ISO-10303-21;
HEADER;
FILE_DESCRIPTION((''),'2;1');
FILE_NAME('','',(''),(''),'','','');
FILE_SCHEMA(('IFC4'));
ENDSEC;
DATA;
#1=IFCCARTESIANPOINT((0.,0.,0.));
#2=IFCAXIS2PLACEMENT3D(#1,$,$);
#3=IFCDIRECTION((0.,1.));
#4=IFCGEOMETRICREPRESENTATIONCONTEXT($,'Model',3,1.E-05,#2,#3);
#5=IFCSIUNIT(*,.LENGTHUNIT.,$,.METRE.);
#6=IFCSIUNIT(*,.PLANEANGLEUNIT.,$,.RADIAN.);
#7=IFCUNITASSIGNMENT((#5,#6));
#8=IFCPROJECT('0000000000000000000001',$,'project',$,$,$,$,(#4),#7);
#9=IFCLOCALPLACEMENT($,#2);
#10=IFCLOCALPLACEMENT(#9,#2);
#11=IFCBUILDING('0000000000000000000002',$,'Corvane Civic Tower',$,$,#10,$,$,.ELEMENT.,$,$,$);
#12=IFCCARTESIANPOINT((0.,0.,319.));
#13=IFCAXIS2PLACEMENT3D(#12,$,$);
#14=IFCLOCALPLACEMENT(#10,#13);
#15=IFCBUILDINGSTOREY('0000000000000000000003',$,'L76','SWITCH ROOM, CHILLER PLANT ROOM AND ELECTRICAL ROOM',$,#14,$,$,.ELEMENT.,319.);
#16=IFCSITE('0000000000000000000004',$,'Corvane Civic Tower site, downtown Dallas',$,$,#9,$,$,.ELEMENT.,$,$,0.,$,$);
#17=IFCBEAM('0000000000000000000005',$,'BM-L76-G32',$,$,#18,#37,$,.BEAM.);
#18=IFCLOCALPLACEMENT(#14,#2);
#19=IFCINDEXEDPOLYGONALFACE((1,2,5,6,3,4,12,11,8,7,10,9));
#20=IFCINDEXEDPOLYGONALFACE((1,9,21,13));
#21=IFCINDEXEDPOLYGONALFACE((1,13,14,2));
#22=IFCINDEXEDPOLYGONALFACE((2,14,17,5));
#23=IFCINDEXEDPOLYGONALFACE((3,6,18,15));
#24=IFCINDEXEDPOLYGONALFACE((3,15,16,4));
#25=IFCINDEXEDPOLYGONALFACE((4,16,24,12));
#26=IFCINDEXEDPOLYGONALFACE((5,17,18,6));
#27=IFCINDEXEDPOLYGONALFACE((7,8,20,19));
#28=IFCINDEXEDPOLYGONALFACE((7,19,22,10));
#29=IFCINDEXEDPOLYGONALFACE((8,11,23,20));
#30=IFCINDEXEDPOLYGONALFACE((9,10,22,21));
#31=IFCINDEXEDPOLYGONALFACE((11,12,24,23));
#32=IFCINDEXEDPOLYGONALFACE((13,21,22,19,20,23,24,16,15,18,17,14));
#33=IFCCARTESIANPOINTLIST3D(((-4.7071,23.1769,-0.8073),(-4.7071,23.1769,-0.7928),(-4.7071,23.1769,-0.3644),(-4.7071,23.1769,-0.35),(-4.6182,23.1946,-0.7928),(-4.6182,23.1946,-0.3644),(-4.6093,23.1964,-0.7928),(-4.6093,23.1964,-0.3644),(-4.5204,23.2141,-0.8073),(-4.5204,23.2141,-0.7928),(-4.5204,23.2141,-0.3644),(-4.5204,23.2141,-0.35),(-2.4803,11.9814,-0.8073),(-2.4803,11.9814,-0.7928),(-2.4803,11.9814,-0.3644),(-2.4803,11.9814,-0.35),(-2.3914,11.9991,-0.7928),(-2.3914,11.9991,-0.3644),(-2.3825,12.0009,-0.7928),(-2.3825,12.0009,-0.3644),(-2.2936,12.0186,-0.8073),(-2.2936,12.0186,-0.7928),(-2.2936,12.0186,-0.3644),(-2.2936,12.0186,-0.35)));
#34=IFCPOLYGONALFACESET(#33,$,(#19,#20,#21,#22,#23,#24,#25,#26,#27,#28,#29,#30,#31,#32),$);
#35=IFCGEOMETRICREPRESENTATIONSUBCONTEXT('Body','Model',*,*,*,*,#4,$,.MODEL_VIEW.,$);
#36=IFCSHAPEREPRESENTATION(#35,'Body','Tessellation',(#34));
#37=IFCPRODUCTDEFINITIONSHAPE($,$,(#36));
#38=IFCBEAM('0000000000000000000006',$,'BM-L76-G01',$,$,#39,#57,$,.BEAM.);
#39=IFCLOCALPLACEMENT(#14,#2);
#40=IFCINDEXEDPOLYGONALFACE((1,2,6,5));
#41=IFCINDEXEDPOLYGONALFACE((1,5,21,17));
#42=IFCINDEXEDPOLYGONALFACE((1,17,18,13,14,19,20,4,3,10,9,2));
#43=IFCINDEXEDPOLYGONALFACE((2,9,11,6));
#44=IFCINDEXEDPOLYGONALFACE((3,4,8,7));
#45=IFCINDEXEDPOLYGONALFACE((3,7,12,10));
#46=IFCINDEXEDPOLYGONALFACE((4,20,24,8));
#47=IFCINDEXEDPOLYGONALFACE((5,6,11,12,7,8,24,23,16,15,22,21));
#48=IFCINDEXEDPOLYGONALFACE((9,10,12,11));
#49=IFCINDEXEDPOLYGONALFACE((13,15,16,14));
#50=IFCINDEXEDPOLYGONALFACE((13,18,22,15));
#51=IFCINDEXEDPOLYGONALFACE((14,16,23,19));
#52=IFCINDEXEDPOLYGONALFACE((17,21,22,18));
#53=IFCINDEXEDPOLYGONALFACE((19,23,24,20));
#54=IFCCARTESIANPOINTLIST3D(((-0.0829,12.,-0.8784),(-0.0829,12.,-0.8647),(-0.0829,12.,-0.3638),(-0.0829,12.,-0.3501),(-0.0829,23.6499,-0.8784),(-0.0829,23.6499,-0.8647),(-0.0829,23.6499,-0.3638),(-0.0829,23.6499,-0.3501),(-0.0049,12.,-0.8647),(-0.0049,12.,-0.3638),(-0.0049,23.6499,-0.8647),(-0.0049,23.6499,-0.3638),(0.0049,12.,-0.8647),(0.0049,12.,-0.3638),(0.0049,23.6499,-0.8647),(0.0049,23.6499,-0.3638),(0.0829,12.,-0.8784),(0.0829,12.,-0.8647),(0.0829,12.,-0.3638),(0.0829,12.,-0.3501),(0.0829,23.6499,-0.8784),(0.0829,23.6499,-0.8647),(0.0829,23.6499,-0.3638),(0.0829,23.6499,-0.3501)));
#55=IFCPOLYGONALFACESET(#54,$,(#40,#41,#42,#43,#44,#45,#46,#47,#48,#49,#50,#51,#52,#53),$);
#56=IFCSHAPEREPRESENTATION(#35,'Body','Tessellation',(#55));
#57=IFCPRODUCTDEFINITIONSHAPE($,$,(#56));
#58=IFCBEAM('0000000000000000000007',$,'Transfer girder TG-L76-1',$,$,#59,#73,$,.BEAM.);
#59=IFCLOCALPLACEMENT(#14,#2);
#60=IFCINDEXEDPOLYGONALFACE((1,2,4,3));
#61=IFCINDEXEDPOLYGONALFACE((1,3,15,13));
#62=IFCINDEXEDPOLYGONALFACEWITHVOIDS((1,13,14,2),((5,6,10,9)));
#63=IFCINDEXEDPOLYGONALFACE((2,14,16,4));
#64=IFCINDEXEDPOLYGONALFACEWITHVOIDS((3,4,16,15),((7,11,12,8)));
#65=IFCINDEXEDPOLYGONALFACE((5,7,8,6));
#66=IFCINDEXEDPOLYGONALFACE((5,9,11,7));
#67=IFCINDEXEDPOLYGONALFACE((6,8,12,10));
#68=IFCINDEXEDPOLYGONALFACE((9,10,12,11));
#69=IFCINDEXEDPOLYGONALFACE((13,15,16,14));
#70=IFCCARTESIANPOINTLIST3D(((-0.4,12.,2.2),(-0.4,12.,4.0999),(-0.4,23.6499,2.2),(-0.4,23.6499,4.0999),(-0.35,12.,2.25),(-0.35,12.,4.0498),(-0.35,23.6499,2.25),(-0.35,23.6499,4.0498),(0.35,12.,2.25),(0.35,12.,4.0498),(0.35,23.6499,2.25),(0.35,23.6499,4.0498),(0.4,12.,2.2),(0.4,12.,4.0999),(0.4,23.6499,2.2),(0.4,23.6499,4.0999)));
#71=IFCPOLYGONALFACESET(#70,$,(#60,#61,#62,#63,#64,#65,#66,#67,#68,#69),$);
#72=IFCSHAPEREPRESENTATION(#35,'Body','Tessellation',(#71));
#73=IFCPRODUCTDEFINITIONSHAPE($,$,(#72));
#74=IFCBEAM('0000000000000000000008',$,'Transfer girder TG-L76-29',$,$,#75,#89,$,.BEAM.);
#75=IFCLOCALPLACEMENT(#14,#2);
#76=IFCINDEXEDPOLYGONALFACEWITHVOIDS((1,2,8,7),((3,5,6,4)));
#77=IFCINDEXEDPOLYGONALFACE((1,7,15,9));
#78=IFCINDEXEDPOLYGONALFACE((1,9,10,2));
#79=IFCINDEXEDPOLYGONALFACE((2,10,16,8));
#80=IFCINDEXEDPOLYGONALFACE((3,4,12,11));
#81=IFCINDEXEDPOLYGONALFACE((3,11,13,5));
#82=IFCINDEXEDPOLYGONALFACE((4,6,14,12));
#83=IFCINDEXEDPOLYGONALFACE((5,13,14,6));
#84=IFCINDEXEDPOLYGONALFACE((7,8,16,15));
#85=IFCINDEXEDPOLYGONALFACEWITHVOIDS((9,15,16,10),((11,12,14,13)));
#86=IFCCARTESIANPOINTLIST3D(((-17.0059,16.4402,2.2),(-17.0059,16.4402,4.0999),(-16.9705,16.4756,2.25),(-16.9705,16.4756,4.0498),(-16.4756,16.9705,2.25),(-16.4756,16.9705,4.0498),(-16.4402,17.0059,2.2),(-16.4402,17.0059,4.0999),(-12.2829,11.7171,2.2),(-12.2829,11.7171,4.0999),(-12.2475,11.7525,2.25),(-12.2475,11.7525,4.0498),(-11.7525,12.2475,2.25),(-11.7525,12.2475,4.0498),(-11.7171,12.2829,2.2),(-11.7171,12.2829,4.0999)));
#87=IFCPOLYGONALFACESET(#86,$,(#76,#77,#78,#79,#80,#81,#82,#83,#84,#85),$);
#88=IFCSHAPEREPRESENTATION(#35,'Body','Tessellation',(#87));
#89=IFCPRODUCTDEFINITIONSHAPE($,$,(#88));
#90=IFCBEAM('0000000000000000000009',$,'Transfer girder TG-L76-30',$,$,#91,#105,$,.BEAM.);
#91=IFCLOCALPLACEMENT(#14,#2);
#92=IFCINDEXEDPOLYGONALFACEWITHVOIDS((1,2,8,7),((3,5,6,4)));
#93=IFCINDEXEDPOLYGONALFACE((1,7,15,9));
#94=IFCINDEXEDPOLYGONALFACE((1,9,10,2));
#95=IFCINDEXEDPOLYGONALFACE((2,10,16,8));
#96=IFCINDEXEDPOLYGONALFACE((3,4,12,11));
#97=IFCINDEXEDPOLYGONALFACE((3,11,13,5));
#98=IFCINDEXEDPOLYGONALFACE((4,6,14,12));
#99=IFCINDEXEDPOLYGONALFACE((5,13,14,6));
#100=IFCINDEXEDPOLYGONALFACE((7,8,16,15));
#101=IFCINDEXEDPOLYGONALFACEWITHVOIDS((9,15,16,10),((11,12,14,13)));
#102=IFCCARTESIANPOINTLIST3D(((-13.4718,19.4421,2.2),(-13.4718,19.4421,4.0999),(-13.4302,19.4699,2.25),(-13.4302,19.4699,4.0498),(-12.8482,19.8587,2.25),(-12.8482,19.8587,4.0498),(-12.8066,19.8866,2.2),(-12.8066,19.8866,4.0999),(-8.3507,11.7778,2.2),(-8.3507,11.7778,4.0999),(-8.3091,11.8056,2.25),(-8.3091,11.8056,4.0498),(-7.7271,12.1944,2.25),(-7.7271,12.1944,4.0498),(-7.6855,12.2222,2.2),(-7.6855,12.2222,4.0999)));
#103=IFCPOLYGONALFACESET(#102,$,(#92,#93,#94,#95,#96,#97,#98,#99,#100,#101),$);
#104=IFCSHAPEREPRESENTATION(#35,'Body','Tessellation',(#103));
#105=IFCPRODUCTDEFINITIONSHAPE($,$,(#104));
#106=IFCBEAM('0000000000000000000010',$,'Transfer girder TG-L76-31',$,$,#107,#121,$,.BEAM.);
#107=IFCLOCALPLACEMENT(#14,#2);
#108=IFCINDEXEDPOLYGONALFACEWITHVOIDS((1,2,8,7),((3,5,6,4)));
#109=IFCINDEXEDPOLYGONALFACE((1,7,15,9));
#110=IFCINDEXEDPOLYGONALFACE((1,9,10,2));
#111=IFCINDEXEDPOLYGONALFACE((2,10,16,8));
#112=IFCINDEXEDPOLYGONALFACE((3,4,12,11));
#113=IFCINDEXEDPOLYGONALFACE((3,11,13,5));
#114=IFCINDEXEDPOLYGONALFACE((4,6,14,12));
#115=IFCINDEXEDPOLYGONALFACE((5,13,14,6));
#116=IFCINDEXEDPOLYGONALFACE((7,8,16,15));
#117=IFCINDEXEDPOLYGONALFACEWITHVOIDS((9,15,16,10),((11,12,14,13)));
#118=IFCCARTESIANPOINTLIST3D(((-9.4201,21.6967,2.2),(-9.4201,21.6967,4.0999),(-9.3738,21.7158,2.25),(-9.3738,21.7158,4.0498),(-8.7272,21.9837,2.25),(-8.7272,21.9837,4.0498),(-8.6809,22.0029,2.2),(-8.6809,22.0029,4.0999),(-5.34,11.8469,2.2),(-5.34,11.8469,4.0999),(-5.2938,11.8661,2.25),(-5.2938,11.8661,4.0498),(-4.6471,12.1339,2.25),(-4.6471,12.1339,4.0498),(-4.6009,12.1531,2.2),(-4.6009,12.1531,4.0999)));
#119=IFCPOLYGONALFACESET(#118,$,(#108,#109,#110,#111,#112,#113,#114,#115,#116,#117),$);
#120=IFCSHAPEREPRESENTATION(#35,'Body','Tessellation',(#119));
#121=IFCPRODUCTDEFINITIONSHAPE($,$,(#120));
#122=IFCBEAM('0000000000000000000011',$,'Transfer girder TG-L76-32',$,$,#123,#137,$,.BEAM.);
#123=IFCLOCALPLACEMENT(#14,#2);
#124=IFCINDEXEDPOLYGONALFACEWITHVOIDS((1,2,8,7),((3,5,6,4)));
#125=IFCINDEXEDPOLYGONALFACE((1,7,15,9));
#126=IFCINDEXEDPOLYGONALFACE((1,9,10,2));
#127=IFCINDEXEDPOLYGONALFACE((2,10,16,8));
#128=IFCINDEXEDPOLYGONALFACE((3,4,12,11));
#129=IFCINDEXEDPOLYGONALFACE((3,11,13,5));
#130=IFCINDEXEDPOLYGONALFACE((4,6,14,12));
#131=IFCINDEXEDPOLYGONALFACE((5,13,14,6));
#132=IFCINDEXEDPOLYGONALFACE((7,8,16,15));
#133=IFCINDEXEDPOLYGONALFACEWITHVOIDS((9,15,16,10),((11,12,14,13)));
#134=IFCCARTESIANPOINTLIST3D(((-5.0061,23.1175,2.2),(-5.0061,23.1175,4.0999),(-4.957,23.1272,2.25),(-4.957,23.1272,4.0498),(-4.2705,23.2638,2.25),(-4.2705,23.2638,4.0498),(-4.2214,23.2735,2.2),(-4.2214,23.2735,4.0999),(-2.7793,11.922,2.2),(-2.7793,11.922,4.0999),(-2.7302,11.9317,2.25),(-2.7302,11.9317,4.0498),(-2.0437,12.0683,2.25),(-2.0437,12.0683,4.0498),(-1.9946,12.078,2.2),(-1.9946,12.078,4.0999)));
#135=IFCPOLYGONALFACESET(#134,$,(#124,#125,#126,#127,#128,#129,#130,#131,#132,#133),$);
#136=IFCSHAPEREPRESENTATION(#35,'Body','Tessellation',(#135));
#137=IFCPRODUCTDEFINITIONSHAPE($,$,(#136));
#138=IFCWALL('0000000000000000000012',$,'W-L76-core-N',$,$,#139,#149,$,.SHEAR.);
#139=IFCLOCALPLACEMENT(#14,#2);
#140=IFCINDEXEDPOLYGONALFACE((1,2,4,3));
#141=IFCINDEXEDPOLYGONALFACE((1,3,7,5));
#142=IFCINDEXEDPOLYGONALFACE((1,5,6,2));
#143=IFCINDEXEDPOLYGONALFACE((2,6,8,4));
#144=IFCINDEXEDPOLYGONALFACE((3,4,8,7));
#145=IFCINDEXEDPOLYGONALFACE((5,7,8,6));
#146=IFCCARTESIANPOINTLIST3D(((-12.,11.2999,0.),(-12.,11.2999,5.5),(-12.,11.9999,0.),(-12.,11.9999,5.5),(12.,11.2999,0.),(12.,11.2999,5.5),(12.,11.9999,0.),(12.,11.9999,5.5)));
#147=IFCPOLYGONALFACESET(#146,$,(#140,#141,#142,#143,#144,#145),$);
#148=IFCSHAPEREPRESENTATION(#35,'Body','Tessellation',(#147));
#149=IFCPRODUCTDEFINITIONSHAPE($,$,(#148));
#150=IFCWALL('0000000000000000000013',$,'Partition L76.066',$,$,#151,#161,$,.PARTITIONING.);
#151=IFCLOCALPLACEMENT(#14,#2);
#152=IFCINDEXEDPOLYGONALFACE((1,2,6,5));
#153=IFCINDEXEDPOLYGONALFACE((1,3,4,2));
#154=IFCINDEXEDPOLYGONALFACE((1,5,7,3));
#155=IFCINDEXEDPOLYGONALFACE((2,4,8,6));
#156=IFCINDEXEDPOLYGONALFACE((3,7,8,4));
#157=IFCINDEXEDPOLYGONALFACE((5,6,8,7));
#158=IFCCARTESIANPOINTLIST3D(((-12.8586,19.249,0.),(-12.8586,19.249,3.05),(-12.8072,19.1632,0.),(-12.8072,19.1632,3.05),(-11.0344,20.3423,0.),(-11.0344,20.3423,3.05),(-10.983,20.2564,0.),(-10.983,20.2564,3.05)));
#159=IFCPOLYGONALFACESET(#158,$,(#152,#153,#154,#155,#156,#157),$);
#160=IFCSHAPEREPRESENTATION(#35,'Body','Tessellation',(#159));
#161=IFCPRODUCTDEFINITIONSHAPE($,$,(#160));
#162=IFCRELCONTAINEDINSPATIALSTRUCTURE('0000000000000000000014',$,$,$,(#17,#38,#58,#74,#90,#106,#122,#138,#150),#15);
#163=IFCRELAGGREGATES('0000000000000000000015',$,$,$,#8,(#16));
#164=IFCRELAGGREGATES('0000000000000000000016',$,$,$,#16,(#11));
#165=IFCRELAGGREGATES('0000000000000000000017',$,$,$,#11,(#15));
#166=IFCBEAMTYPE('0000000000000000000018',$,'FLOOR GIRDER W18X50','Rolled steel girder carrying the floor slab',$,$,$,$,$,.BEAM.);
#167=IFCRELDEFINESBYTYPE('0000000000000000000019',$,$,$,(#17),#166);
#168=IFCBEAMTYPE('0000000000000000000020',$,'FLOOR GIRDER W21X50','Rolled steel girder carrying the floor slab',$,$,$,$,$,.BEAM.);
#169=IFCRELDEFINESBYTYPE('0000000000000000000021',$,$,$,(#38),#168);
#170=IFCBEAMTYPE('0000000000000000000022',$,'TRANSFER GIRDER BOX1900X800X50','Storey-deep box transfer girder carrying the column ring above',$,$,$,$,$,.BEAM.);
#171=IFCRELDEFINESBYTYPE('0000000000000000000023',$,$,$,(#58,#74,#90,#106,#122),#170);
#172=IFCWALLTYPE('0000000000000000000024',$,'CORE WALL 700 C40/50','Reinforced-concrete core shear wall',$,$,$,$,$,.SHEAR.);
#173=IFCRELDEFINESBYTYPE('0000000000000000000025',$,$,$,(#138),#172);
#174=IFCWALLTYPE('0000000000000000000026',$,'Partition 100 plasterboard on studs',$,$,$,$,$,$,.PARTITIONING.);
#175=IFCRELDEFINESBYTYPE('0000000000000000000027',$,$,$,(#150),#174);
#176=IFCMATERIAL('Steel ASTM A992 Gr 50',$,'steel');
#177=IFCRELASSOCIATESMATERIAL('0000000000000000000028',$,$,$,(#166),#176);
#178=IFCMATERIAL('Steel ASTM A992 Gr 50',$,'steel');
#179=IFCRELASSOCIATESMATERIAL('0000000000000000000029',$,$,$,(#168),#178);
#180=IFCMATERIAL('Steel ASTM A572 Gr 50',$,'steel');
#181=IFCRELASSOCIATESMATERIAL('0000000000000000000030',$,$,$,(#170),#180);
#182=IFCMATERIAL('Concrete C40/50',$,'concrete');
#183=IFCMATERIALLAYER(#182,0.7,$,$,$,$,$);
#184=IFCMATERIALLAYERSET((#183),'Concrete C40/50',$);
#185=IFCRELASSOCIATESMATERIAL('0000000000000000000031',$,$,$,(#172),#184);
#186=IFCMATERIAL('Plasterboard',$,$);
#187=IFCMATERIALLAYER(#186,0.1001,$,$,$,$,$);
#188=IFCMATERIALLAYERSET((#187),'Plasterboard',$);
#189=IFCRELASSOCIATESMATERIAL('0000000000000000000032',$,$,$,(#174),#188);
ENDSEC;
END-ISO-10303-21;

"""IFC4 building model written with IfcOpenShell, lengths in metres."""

from ifc_helpers import new_model, si_unit, direction, frame, frame_2d, origin, origin_2d, place, context, subcontext, project, spatial, rectangle, hollow_rectangle, i_section, extrude, material, layer, layer_set, material_profile, profile_set, type_object, element, save


model = new_model("IFC4")

# Units and contexts
model_context = context("Model", 3, precision=1e-05, world=origin(), true_north=direction((0.0, 1.0)))
body_context = subcontext(model_context, "Body", "Model", "MODEL_VIEW")
ifc_project = project(units=[si_unit("LENGTHUNIT", "METRE"), si_unit("PLANEANGLEUNIT", "RADIAN")], contexts=[model_context])

# Site, building, storey
site_placement = place(None, origin())
site = spatial("IfcSite", under=ifc_project, at=site_placement, Name="Corvane Civic Tower site, downtown Dallas", CompositionType="ELEMENT", RefElevation=0.0)
building_placement = place(site_placement, origin())
building = spatial("IfcBuilding", under=site, at=building_placement, Name="Corvane Civic Tower", CompositionType="ELEMENT")
storey_placement = place(building_placement, frame((0.0, 0.0, 319.0)))
storey = spatial("IfcBuildingStorey", under=building, at=storey_placement, Name="L76", Description="SWITCH ROOM, CHILLER PLANT ROOM AND ELECTRICAL ROOM", CompositionType="ELEMENT", Elevation=319.0)

# Beams
ifc_material_1 = material(Name="Steel ASTM A992 Gr 50", Category="steel")
ifc_material_profile_1 = material_profile(ifc_material_1, i_section(OverallWidth=0.1904, OverallDepth=0.4573, WebThickness=0.009, FlangeThickness=0.0144, at=origin_2d()), Name="W18X50")
ifc_profile_set_1 = profile_set([ifc_material_profile_1], Name="Steel ASTM A992 Gr 50")
beam_type_1 = type_object("IfcBeamType", Name="FLOOR GIRDER W18X50", Description="Rolled steel girder carrying the floor slab", PredefinedType="BEAM", material=ifc_profile_set_1)
beam_1_placement = place(storey_placement, frame((-2.387, 12.0, -0.5786), z_axis=(-0.19508, 0.980787, 0.0), x_axis=(-0.980787, -0.19508, 0.0)))
element("IfcBeam", 1, at=beam_1_placement, inside=storey, type_object=beam_type_1, Name="BM-L76-G32", PredefinedType="BEAM", context=body_context, shape_type="SweptSolid", body=[
    extrude(i_section(OverallWidth=0.1904, OverallDepth=0.4573, WebThickness=0.009, FlangeThickness=0.0144, at=origin_2d()), origin(), (0.0, 0.0, 1.0), 11.4148),
])
ifc_material_2 = material(Name="Steel ASTM A992 Gr 50", Category="steel")
ifc_material_profile_2 = material_profile(ifc_material_2, i_section(OverallWidth=0.1658, OverallDepth=0.5283, WebThickness=0.0098, FlangeThickness=0.0137, at=origin_2d()), Name="W21X50")
ifc_profile_set_2 = profile_set([ifc_material_profile_2], Name="Steel ASTM A992 Gr 50")
beam_type_2 = type_object("IfcBeamType", Name="FLOOR GIRDER W21X50", Description="Rolled steel girder carrying the floor slab", PredefinedType="BEAM", material=ifc_profile_set_2)
beam_2_placement = place(storey_placement, frame((0.0, 12.0, -0.6143), z_axis=(0.0, 1.0, 0.0), x_axis=(-1.0, 0.0, 0.0)))
element("IfcBeam", 2, at=beam_2_placement, inside=storey, type_object=beam_type_2, Name="BM-L76-G01", PredefinedType="BEAM", context=body_context, shape_type="SweptSolid", body=[
    extrude(i_section(OverallWidth=0.1658, OverallDepth=0.5283, WebThickness=0.0098, FlangeThickness=0.0137, at=origin_2d()), origin(), (0.0, 0.0, 1.0), 11.6499),
])
ifc_material_3 = material(Name="Steel ASTM A572 Gr 50", Category="steel")
ifc_material_profile_3 = material_profile(ifc_material_3, hollow_rectangle(XDim=0.8, YDim=1.8999, WallThickness=0.05, at=origin_2d()), Name="BOX1900X800X50")
ifc_profile_set_3 = profile_set([ifc_material_profile_3], Name="Steel ASTM A572 Gr 50")
beam_type_3 = type_object("IfcBeamType", Name="TRANSFER GIRDER BOX1900X800X50", Description="Storey-deep box transfer girder carrying the column ring above", PredefinedType="BEAM", material=ifc_profile_set_3)
beam_3_placement = place(storey_placement, frame((0.0, 12.0, 3.1499), z_axis=(0.0, 1.0, 0.0), x_axis=(-1.0, 0.0, 0.0)))
element("IfcBeam", 3, at=beam_3_placement, inside=storey, type_object=beam_type_3, Name="Transfer girder TG-L76-1", PredefinedType="BEAM", context=body_context, shape_type="SweptSolid", body=[
    extrude(hollow_rectangle(XDim=0.8, YDim=1.8999, WallThickness=0.05, at=origin_2d()), origin(), (0.0, 0.0, 1.0), 11.6499),
])
beam_4_placement = place(storey_placement, frame((-12.0, 12.0, 3.1499), z_axis=(-0.707107, 0.707107, 0.0), x_axis=(-0.707107, -0.707107, 0.0)))
element("IfcBeam", 4, at=beam_4_placement, inside=storey, type_object=beam_type_3, Name="Transfer girder TG-L76-29", PredefinedType="BEAM", context=body_context, shape_type="SweptSolid", body=[
    extrude(hollow_rectangle(XDim=0.8, YDim=1.8999, WallThickness=0.05, at=origin_2d()), origin(), (0.0, 0.0, 1.0), 6.6794),
])
beam_5_placement = place(storey_placement, frame((-8.0181, 12.0, 3.1499), z_axis=(-0.555568, 0.831471, 0.0), x_axis=(-0.831471, -0.555568, 0.0)))
element("IfcBeam", 5, at=beam_5_placement, inside=storey, type_object=beam_type_3, Name="Transfer girder TG-L76-30", PredefinedType="BEAM", context=body_context, shape_type="SweptSolid", body=[
    extrude(hollow_rectangle(XDim=0.8, YDim=1.8999, WallThickness=0.05, at=origin_2d()), origin(), (0.0, 0.0, 1.0), 9.2178),
])
beam_6_placement = place(storey_placement, frame((-4.9705, 12.0, 3.1499), z_axis=(-0.382694, 0.923875, 0.0), x_axis=(-0.923875, -0.382694, 0.0)))
element("IfcBeam", 6, at=beam_6_placement, inside=storey, type_object=beam_type_3, Name="Transfer girder TG-L76-31", PredefinedType="BEAM", context=body_context, shape_type="SweptSolid", body=[
    extrude(hollow_rectangle(XDim=0.8, YDim=1.8999, WallThickness=0.05, at=origin_2d()), origin(), (0.0, 0.0, 1.0), 10.6614),
])
beam_7_placement = place(storey_placement, frame((-2.387, 12.0, 3.1499), z_axis=(-0.19508, 0.980787, 0.0), x_axis=(-0.980787, -0.19508, 0.0)))
element("IfcBeam", 7, at=beam_7_placement, inside=storey, type_object=beam_type_3, Name="Transfer girder TG-L76-32", PredefinedType="BEAM", context=body_context, shape_type="SweptSolid", body=[
    extrude(hollow_rectangle(XDim=0.8, YDim=1.8999, WallThickness=0.05, at=origin_2d()), origin(), (0.0, 0.0, 1.0), 11.4148),
])

# Walls
ifc_material_4 = material(Name="Concrete C40/50", Category="concrete")
ifc_layer_1 = layer(ifc_material_4, 0.7)
ifc_layer_set_1 = layer_set([ifc_layer_1], Name="Concrete C40/50")
wall_type_1 = type_object("IfcWallType", Name="CORE WALL 700 C40/50", Description="Reinforced-concrete core shear wall", PredefinedType="SHEAR", material=ifc_layer_set_1)
wall_1_placement = place(storey_placement, frame((-12.0, 11.6499, 0.0), z_axis=(0.0, 0.0, 1.0), x_axis=(1.0, 0.0, 0.0)))
element("IfcWall", 8, at=wall_1_placement, inside=storey, type_object=wall_type_1, Name="W-L76-core-N", PredefinedType="SHEAR", context=body_context, shape_type="SweptSolid", body=[
    extrude(rectangle(XDim=24.0, YDim=0.7, at=frame_2d((12.0, 0.0))), origin(), (0.0, 0.0, 1.0), 5.5),
])
ifc_material_5 = material(Name="Plasterboard")
ifc_layer_2 = layer(ifc_material_5, 0.1001)
ifc_layer_set_2 = layer_set([ifc_layer_2], Name="Plasterboard")
wall_type_2 = type_object("IfcWallType", Name="Partition 100 plasterboard on studs", PredefinedType="PARTITIONING", material=ifc_layer_set_2)
wall_2_placement = place(storey_placement, frame((-12.833, 19.2061, 0.0), z_axis=(0.0, 0.0, 1.0), x_axis=(0.857756, 0.514057, 0.0)))
element("IfcWall", 9, at=wall_2_placement, inside=storey, type_object=wall_type_2, Name="Partition L76.066", PredefinedType="PARTITIONING", context=body_context, shape_type="SweptSolid", body=[
    extrude(rectangle(XDim=2.1267, YDim=0.1001, at=frame_2d((1.0635, 0.0))), origin(), (0.0, 0.0, 1.0), 3.05),
])

save(model, "model.ifc")
